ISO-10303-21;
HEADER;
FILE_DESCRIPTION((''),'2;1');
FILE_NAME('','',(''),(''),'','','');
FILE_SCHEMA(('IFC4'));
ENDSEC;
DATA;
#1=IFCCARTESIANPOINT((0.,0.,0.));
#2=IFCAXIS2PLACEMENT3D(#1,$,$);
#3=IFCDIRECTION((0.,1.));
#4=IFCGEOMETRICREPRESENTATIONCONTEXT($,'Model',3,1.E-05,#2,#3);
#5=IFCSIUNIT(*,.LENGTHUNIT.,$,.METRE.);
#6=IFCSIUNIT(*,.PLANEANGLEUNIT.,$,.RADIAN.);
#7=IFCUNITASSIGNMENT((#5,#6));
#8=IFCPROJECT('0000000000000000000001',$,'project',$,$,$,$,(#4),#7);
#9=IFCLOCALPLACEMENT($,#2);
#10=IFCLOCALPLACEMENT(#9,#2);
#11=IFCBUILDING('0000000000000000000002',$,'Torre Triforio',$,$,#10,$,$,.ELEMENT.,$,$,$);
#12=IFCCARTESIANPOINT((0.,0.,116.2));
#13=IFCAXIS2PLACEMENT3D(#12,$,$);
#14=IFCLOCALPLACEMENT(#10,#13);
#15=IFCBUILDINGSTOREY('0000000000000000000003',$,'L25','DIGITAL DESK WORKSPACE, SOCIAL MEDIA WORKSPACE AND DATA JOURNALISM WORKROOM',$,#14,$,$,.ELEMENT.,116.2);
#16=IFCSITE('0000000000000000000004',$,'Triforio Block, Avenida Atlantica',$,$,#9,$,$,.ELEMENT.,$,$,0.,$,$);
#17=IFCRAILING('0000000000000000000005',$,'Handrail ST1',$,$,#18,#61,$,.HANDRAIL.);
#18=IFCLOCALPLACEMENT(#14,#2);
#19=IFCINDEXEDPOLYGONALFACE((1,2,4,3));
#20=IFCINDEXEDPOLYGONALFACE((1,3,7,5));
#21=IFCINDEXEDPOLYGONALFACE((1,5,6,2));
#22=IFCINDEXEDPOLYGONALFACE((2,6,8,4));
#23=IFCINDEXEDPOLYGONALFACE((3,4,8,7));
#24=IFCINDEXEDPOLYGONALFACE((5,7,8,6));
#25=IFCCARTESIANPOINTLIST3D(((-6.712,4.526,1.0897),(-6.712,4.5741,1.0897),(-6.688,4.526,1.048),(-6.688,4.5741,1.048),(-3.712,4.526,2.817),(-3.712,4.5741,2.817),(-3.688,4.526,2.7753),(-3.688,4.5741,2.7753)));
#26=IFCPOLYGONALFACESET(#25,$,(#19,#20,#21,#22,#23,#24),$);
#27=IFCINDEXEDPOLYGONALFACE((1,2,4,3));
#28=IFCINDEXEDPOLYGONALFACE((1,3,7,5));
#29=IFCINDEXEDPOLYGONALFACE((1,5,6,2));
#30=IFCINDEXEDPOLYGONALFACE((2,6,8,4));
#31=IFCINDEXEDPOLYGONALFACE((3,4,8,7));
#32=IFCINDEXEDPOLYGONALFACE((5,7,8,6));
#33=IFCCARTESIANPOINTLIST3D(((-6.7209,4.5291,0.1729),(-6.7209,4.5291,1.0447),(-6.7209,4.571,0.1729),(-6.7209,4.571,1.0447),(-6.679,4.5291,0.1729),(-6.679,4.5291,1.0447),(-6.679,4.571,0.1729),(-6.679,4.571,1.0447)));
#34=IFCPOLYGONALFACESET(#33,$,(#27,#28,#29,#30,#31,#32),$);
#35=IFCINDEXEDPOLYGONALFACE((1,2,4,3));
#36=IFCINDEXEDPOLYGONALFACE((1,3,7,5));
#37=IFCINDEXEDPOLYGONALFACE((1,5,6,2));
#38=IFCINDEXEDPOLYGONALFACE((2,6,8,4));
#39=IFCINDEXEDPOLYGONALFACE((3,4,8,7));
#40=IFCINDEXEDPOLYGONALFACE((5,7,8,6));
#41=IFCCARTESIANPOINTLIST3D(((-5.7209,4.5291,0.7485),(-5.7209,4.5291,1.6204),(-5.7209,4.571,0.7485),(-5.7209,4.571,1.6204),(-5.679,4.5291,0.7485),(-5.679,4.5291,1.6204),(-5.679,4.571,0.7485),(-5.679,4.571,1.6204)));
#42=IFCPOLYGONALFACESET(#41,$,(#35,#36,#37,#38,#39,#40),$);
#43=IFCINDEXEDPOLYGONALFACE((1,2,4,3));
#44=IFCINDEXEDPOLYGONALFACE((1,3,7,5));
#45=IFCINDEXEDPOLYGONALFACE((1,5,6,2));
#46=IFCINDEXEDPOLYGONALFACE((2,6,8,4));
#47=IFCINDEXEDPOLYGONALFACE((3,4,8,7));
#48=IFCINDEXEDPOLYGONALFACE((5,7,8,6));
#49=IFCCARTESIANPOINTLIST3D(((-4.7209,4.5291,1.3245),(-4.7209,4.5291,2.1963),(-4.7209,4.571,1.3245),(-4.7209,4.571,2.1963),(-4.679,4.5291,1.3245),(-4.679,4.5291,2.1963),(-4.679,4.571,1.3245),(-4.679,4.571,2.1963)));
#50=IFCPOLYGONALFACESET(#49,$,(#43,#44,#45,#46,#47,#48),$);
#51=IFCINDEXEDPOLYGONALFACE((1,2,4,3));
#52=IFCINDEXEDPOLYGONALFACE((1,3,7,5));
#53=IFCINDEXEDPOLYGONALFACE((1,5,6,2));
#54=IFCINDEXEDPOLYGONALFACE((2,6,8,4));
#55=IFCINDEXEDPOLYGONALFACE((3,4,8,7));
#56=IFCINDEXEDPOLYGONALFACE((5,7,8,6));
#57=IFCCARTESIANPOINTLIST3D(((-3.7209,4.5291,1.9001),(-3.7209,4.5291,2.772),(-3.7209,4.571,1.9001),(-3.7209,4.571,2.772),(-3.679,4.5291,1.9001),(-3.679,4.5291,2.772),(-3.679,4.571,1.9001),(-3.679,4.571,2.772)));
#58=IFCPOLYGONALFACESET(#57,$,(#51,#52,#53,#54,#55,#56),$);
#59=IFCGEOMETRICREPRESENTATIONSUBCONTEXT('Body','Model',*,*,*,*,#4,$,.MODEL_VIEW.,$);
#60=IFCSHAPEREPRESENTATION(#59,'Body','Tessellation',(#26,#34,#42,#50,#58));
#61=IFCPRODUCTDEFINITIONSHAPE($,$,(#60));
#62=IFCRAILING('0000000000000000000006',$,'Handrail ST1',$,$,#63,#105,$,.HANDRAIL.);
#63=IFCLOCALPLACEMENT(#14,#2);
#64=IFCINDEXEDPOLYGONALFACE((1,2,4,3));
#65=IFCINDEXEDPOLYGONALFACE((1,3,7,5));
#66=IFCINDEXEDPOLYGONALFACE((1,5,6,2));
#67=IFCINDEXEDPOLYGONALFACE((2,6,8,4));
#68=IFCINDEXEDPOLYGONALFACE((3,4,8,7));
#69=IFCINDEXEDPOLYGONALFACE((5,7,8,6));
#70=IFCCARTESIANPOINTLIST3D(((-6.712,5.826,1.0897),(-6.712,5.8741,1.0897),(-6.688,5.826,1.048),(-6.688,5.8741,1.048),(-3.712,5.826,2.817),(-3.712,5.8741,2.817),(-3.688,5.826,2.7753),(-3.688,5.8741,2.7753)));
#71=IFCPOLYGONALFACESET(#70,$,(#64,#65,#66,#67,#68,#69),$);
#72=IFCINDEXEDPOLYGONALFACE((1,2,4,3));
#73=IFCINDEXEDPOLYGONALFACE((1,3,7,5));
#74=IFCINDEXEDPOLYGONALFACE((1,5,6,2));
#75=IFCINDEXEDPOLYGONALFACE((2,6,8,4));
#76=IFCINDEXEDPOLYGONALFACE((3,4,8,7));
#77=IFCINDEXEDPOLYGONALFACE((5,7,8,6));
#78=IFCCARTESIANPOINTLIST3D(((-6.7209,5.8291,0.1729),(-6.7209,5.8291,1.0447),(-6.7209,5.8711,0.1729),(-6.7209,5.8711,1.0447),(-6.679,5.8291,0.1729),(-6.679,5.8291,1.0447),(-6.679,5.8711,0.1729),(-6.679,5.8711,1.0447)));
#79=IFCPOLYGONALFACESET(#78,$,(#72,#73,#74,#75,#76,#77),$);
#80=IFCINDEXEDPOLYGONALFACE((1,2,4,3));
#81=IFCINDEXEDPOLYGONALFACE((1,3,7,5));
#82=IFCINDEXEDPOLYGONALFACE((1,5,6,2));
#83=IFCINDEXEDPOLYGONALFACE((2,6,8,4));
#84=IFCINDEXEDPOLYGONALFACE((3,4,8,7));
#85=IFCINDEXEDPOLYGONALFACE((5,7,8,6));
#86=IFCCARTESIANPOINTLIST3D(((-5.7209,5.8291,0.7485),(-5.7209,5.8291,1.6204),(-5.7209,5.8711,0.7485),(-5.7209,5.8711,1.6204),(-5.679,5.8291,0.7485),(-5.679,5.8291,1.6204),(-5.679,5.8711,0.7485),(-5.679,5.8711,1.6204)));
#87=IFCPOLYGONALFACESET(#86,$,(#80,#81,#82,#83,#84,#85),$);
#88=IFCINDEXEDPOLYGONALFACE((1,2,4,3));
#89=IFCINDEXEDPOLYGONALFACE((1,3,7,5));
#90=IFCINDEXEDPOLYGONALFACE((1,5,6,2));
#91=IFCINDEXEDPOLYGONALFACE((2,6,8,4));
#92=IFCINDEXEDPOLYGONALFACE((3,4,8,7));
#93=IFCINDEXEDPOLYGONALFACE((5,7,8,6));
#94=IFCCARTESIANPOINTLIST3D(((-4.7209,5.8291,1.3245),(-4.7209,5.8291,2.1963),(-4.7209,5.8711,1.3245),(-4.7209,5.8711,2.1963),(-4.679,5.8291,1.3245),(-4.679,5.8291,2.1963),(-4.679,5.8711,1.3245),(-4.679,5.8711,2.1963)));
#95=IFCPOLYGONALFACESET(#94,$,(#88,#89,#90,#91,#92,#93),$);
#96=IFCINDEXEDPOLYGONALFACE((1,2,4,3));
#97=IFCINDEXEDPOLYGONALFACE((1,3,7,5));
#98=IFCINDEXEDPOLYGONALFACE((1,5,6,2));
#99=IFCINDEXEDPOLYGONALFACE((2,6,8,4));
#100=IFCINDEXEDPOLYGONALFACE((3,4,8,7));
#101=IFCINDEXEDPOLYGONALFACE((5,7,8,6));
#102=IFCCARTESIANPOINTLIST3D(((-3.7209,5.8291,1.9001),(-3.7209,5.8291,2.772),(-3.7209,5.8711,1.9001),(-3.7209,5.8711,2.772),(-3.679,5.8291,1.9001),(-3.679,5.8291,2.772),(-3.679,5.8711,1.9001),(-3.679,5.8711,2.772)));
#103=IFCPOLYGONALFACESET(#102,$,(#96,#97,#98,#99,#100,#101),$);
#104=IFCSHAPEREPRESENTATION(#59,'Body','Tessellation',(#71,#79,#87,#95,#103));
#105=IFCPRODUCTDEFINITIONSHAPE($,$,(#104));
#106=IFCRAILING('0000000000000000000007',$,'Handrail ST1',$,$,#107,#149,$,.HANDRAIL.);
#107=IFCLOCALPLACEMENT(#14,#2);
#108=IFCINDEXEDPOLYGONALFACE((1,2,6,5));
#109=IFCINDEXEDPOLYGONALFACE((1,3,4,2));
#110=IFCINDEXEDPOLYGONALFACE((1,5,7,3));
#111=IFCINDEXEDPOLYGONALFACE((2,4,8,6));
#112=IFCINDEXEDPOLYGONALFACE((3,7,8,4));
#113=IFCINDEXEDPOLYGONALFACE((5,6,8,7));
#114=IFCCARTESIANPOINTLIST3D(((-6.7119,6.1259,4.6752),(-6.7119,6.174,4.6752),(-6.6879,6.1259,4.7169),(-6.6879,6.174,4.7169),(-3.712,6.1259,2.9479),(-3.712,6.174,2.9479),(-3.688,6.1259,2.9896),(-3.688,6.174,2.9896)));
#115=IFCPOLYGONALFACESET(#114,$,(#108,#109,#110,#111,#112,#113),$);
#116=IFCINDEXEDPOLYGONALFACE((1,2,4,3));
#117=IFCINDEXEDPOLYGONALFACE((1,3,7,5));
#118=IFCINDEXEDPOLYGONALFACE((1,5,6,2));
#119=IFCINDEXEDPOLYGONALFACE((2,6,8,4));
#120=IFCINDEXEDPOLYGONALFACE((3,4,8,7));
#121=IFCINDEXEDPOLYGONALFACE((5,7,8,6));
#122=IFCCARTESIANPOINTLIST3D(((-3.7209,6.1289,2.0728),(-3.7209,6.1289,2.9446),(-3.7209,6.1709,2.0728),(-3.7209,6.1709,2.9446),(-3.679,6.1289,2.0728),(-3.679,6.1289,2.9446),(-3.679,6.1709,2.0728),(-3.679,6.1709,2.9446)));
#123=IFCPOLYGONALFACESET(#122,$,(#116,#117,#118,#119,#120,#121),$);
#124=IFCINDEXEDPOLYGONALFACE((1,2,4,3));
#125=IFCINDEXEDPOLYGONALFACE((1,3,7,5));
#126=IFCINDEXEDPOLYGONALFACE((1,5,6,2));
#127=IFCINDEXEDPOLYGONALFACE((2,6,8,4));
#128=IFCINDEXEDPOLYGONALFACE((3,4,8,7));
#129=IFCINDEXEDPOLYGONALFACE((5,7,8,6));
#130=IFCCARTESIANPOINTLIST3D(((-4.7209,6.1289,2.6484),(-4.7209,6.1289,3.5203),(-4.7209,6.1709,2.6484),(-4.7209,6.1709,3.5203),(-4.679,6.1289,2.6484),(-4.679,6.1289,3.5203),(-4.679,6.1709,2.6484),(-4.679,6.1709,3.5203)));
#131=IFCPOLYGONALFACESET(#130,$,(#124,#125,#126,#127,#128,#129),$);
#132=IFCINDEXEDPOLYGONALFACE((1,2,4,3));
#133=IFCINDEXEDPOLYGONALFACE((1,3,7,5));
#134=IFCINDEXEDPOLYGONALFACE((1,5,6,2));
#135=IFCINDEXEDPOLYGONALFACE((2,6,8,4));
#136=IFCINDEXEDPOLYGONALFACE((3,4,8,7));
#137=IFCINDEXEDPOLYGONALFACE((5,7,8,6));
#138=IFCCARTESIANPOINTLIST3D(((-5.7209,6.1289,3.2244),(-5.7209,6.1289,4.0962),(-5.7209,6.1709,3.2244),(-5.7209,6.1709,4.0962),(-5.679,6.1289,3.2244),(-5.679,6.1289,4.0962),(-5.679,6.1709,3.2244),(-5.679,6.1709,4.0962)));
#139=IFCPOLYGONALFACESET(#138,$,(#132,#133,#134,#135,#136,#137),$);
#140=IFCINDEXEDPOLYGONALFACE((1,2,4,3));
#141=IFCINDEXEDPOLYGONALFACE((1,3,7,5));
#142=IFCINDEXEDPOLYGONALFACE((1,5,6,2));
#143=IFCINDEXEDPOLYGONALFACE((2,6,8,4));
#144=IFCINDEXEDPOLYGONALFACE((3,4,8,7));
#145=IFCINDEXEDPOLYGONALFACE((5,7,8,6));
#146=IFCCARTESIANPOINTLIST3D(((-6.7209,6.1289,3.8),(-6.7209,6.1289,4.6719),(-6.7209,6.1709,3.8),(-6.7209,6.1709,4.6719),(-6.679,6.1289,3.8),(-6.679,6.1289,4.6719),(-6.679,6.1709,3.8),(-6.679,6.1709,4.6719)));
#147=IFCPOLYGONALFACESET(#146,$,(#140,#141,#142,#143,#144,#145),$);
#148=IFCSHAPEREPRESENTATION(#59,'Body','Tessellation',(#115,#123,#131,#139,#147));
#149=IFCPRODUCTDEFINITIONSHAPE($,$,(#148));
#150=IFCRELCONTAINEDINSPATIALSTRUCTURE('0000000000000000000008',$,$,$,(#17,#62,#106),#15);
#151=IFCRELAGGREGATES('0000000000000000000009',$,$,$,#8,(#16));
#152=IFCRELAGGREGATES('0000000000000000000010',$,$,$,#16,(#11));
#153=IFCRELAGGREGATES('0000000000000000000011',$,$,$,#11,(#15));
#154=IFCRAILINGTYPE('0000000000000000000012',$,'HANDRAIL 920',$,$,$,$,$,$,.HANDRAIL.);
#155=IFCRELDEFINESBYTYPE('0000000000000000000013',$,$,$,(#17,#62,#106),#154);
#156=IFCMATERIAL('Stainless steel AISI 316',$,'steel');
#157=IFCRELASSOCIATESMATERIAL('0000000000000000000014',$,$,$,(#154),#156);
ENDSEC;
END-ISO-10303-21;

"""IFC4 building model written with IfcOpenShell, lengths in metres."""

from ifc_helpers import new_model, si_unit, direction, frame, origin, origin_2d, place, context, subcontext, project, spatial, rectangle, extrude, material, type_object, element, save


model = new_model("IFC4")

# Units and contexts
model_context = context("Model", 3, precision=1e-05, world=origin(), true_north=direction((0.0, 1.0)))
body_context = subcontext(model_context, "Body", "Model", "MODEL_VIEW")
ifc_project = project(units=[si_unit("LENGTHUNIT", "METRE"), si_unit("PLANEANGLEUNIT", "RADIAN")], contexts=[model_context])

# Site, building, storey
site_placement = place(None, origin())
site = spatial("IfcSite", under=ifc_project, at=site_placement, Name="Triforio Block, Avenida Atlantica", CompositionType="ELEMENT", RefElevation=0.0)
building_placement = place(site_placement, origin())
building = spatial("IfcBuilding", under=site, at=building_placement, Name="Torre Triforio", CompositionType="ELEMENT")
storey_placement = place(building_placement, frame((0.0, 0.0, 116.2)))
storey = spatial("IfcBuildingStorey", under=building, at=storey_placement, Name="L25", Description="DIGITAL DESK WORKSPACE, SOCIAL MEDIA WORKSPACE AND DATA JOURNALISM WORKROOM", CompositionType="ELEMENT", Elevation=116.2)

# Railings
ifc_material_1 = material(Name="Stainless steel AISI 316", Category="steel")
railing_type = type_object("IfcRailingType", Name="HANDRAIL 920", PredefinedType="HANDRAIL", material=ifc_material_1)
for number, where, name in (
    (1, (-6.7, 4.55, 0.1729), "Handrail ST1"),
    (2, (-6.7, 5.8501, 0.1729), "Handrail ST1"),
):
    element("IfcRailing", number, at=place(storey_placement, frame(where)), inside=storey, type_object=railing_type, Name=name, PredefinedType="HANDRAIL", context=body_context, shape_type="SweptSolid", body=[
        extrude(rectangle(XDim=0.0481, YDim=0.0481, at=origin_2d()), frame((0.0, 0.0, 0.896), z_axis=(0.86662, 0.0, 0.498969), x_axis=(0.0, 1.0, 0.0)), (0.0, 0.0, 1.0), 3.4617),
        extrude(rectangle(XDim=0.042, YDim=0.042, at=origin_2d()), origin(), (0.0, 0.0, 1.0), 0.8718),
        extrude(rectangle(XDim=0.042, YDim=0.042, at=origin_2d()), frame((1.0, 0.0, 0.5757)), (0.0, 0.0, 1.0), 0.8718),
        extrude(rectangle(XDim=0.042, YDim=0.042, at=origin_2d()), frame((2.0, 0.0, 1.1516)), (0.0, 0.0, 1.0), 0.8718),
        extrude(rectangle(XDim=0.042, YDim=0.042, at=origin_2d()), frame((3.0, 0.0, 1.7273)), (0.0, 0.0, 1.0), 0.8718),
    ])
railing_placement = place(storey_placement, frame((-3.7, 6.1499, 2.0728)))
element("IfcRailing", 3, at=railing_placement, inside=storey, type_object=railing_type, Name="Handrail ST1", PredefinedType="HANDRAIL", context=body_context, shape_type="SweptSolid", body=[
    extrude(rectangle(XDim=0.0481, YDim=0.0481, at=origin_2d()), frame((0.0, 0.0, 0.896), z_axis=(-0.86662, 0.0, 0.498969), x_axis=(0.0, -1.0, 0.0)), (0.0, 0.0, 1.0), 3.4617),
    extrude(rectangle(XDim=0.042, YDim=0.042, at=origin_2d()), origin(), (0.0, 0.0, 1.0), 0.8718),
    extrude(rectangle(XDim=0.042, YDim=0.042, at=origin_2d()), frame((-1.0, 0.0, 0.5757)), (0.0, 0.0, 1.0), 0.8718),
    extrude(rectangle(XDim=0.042, YDim=0.042, at=origin_2d()), frame((-2.0, 0.0, 1.1516)), (0.0, 0.0, 1.0), 0.8718),
    extrude(rectangle(XDim=0.042, YDim=0.042, at=origin_2d()), frame((-3.0, 0.0, 1.7273)), (0.0, 0.0, 1.0), 0.8718),
])

save(model, "model.ifc")
